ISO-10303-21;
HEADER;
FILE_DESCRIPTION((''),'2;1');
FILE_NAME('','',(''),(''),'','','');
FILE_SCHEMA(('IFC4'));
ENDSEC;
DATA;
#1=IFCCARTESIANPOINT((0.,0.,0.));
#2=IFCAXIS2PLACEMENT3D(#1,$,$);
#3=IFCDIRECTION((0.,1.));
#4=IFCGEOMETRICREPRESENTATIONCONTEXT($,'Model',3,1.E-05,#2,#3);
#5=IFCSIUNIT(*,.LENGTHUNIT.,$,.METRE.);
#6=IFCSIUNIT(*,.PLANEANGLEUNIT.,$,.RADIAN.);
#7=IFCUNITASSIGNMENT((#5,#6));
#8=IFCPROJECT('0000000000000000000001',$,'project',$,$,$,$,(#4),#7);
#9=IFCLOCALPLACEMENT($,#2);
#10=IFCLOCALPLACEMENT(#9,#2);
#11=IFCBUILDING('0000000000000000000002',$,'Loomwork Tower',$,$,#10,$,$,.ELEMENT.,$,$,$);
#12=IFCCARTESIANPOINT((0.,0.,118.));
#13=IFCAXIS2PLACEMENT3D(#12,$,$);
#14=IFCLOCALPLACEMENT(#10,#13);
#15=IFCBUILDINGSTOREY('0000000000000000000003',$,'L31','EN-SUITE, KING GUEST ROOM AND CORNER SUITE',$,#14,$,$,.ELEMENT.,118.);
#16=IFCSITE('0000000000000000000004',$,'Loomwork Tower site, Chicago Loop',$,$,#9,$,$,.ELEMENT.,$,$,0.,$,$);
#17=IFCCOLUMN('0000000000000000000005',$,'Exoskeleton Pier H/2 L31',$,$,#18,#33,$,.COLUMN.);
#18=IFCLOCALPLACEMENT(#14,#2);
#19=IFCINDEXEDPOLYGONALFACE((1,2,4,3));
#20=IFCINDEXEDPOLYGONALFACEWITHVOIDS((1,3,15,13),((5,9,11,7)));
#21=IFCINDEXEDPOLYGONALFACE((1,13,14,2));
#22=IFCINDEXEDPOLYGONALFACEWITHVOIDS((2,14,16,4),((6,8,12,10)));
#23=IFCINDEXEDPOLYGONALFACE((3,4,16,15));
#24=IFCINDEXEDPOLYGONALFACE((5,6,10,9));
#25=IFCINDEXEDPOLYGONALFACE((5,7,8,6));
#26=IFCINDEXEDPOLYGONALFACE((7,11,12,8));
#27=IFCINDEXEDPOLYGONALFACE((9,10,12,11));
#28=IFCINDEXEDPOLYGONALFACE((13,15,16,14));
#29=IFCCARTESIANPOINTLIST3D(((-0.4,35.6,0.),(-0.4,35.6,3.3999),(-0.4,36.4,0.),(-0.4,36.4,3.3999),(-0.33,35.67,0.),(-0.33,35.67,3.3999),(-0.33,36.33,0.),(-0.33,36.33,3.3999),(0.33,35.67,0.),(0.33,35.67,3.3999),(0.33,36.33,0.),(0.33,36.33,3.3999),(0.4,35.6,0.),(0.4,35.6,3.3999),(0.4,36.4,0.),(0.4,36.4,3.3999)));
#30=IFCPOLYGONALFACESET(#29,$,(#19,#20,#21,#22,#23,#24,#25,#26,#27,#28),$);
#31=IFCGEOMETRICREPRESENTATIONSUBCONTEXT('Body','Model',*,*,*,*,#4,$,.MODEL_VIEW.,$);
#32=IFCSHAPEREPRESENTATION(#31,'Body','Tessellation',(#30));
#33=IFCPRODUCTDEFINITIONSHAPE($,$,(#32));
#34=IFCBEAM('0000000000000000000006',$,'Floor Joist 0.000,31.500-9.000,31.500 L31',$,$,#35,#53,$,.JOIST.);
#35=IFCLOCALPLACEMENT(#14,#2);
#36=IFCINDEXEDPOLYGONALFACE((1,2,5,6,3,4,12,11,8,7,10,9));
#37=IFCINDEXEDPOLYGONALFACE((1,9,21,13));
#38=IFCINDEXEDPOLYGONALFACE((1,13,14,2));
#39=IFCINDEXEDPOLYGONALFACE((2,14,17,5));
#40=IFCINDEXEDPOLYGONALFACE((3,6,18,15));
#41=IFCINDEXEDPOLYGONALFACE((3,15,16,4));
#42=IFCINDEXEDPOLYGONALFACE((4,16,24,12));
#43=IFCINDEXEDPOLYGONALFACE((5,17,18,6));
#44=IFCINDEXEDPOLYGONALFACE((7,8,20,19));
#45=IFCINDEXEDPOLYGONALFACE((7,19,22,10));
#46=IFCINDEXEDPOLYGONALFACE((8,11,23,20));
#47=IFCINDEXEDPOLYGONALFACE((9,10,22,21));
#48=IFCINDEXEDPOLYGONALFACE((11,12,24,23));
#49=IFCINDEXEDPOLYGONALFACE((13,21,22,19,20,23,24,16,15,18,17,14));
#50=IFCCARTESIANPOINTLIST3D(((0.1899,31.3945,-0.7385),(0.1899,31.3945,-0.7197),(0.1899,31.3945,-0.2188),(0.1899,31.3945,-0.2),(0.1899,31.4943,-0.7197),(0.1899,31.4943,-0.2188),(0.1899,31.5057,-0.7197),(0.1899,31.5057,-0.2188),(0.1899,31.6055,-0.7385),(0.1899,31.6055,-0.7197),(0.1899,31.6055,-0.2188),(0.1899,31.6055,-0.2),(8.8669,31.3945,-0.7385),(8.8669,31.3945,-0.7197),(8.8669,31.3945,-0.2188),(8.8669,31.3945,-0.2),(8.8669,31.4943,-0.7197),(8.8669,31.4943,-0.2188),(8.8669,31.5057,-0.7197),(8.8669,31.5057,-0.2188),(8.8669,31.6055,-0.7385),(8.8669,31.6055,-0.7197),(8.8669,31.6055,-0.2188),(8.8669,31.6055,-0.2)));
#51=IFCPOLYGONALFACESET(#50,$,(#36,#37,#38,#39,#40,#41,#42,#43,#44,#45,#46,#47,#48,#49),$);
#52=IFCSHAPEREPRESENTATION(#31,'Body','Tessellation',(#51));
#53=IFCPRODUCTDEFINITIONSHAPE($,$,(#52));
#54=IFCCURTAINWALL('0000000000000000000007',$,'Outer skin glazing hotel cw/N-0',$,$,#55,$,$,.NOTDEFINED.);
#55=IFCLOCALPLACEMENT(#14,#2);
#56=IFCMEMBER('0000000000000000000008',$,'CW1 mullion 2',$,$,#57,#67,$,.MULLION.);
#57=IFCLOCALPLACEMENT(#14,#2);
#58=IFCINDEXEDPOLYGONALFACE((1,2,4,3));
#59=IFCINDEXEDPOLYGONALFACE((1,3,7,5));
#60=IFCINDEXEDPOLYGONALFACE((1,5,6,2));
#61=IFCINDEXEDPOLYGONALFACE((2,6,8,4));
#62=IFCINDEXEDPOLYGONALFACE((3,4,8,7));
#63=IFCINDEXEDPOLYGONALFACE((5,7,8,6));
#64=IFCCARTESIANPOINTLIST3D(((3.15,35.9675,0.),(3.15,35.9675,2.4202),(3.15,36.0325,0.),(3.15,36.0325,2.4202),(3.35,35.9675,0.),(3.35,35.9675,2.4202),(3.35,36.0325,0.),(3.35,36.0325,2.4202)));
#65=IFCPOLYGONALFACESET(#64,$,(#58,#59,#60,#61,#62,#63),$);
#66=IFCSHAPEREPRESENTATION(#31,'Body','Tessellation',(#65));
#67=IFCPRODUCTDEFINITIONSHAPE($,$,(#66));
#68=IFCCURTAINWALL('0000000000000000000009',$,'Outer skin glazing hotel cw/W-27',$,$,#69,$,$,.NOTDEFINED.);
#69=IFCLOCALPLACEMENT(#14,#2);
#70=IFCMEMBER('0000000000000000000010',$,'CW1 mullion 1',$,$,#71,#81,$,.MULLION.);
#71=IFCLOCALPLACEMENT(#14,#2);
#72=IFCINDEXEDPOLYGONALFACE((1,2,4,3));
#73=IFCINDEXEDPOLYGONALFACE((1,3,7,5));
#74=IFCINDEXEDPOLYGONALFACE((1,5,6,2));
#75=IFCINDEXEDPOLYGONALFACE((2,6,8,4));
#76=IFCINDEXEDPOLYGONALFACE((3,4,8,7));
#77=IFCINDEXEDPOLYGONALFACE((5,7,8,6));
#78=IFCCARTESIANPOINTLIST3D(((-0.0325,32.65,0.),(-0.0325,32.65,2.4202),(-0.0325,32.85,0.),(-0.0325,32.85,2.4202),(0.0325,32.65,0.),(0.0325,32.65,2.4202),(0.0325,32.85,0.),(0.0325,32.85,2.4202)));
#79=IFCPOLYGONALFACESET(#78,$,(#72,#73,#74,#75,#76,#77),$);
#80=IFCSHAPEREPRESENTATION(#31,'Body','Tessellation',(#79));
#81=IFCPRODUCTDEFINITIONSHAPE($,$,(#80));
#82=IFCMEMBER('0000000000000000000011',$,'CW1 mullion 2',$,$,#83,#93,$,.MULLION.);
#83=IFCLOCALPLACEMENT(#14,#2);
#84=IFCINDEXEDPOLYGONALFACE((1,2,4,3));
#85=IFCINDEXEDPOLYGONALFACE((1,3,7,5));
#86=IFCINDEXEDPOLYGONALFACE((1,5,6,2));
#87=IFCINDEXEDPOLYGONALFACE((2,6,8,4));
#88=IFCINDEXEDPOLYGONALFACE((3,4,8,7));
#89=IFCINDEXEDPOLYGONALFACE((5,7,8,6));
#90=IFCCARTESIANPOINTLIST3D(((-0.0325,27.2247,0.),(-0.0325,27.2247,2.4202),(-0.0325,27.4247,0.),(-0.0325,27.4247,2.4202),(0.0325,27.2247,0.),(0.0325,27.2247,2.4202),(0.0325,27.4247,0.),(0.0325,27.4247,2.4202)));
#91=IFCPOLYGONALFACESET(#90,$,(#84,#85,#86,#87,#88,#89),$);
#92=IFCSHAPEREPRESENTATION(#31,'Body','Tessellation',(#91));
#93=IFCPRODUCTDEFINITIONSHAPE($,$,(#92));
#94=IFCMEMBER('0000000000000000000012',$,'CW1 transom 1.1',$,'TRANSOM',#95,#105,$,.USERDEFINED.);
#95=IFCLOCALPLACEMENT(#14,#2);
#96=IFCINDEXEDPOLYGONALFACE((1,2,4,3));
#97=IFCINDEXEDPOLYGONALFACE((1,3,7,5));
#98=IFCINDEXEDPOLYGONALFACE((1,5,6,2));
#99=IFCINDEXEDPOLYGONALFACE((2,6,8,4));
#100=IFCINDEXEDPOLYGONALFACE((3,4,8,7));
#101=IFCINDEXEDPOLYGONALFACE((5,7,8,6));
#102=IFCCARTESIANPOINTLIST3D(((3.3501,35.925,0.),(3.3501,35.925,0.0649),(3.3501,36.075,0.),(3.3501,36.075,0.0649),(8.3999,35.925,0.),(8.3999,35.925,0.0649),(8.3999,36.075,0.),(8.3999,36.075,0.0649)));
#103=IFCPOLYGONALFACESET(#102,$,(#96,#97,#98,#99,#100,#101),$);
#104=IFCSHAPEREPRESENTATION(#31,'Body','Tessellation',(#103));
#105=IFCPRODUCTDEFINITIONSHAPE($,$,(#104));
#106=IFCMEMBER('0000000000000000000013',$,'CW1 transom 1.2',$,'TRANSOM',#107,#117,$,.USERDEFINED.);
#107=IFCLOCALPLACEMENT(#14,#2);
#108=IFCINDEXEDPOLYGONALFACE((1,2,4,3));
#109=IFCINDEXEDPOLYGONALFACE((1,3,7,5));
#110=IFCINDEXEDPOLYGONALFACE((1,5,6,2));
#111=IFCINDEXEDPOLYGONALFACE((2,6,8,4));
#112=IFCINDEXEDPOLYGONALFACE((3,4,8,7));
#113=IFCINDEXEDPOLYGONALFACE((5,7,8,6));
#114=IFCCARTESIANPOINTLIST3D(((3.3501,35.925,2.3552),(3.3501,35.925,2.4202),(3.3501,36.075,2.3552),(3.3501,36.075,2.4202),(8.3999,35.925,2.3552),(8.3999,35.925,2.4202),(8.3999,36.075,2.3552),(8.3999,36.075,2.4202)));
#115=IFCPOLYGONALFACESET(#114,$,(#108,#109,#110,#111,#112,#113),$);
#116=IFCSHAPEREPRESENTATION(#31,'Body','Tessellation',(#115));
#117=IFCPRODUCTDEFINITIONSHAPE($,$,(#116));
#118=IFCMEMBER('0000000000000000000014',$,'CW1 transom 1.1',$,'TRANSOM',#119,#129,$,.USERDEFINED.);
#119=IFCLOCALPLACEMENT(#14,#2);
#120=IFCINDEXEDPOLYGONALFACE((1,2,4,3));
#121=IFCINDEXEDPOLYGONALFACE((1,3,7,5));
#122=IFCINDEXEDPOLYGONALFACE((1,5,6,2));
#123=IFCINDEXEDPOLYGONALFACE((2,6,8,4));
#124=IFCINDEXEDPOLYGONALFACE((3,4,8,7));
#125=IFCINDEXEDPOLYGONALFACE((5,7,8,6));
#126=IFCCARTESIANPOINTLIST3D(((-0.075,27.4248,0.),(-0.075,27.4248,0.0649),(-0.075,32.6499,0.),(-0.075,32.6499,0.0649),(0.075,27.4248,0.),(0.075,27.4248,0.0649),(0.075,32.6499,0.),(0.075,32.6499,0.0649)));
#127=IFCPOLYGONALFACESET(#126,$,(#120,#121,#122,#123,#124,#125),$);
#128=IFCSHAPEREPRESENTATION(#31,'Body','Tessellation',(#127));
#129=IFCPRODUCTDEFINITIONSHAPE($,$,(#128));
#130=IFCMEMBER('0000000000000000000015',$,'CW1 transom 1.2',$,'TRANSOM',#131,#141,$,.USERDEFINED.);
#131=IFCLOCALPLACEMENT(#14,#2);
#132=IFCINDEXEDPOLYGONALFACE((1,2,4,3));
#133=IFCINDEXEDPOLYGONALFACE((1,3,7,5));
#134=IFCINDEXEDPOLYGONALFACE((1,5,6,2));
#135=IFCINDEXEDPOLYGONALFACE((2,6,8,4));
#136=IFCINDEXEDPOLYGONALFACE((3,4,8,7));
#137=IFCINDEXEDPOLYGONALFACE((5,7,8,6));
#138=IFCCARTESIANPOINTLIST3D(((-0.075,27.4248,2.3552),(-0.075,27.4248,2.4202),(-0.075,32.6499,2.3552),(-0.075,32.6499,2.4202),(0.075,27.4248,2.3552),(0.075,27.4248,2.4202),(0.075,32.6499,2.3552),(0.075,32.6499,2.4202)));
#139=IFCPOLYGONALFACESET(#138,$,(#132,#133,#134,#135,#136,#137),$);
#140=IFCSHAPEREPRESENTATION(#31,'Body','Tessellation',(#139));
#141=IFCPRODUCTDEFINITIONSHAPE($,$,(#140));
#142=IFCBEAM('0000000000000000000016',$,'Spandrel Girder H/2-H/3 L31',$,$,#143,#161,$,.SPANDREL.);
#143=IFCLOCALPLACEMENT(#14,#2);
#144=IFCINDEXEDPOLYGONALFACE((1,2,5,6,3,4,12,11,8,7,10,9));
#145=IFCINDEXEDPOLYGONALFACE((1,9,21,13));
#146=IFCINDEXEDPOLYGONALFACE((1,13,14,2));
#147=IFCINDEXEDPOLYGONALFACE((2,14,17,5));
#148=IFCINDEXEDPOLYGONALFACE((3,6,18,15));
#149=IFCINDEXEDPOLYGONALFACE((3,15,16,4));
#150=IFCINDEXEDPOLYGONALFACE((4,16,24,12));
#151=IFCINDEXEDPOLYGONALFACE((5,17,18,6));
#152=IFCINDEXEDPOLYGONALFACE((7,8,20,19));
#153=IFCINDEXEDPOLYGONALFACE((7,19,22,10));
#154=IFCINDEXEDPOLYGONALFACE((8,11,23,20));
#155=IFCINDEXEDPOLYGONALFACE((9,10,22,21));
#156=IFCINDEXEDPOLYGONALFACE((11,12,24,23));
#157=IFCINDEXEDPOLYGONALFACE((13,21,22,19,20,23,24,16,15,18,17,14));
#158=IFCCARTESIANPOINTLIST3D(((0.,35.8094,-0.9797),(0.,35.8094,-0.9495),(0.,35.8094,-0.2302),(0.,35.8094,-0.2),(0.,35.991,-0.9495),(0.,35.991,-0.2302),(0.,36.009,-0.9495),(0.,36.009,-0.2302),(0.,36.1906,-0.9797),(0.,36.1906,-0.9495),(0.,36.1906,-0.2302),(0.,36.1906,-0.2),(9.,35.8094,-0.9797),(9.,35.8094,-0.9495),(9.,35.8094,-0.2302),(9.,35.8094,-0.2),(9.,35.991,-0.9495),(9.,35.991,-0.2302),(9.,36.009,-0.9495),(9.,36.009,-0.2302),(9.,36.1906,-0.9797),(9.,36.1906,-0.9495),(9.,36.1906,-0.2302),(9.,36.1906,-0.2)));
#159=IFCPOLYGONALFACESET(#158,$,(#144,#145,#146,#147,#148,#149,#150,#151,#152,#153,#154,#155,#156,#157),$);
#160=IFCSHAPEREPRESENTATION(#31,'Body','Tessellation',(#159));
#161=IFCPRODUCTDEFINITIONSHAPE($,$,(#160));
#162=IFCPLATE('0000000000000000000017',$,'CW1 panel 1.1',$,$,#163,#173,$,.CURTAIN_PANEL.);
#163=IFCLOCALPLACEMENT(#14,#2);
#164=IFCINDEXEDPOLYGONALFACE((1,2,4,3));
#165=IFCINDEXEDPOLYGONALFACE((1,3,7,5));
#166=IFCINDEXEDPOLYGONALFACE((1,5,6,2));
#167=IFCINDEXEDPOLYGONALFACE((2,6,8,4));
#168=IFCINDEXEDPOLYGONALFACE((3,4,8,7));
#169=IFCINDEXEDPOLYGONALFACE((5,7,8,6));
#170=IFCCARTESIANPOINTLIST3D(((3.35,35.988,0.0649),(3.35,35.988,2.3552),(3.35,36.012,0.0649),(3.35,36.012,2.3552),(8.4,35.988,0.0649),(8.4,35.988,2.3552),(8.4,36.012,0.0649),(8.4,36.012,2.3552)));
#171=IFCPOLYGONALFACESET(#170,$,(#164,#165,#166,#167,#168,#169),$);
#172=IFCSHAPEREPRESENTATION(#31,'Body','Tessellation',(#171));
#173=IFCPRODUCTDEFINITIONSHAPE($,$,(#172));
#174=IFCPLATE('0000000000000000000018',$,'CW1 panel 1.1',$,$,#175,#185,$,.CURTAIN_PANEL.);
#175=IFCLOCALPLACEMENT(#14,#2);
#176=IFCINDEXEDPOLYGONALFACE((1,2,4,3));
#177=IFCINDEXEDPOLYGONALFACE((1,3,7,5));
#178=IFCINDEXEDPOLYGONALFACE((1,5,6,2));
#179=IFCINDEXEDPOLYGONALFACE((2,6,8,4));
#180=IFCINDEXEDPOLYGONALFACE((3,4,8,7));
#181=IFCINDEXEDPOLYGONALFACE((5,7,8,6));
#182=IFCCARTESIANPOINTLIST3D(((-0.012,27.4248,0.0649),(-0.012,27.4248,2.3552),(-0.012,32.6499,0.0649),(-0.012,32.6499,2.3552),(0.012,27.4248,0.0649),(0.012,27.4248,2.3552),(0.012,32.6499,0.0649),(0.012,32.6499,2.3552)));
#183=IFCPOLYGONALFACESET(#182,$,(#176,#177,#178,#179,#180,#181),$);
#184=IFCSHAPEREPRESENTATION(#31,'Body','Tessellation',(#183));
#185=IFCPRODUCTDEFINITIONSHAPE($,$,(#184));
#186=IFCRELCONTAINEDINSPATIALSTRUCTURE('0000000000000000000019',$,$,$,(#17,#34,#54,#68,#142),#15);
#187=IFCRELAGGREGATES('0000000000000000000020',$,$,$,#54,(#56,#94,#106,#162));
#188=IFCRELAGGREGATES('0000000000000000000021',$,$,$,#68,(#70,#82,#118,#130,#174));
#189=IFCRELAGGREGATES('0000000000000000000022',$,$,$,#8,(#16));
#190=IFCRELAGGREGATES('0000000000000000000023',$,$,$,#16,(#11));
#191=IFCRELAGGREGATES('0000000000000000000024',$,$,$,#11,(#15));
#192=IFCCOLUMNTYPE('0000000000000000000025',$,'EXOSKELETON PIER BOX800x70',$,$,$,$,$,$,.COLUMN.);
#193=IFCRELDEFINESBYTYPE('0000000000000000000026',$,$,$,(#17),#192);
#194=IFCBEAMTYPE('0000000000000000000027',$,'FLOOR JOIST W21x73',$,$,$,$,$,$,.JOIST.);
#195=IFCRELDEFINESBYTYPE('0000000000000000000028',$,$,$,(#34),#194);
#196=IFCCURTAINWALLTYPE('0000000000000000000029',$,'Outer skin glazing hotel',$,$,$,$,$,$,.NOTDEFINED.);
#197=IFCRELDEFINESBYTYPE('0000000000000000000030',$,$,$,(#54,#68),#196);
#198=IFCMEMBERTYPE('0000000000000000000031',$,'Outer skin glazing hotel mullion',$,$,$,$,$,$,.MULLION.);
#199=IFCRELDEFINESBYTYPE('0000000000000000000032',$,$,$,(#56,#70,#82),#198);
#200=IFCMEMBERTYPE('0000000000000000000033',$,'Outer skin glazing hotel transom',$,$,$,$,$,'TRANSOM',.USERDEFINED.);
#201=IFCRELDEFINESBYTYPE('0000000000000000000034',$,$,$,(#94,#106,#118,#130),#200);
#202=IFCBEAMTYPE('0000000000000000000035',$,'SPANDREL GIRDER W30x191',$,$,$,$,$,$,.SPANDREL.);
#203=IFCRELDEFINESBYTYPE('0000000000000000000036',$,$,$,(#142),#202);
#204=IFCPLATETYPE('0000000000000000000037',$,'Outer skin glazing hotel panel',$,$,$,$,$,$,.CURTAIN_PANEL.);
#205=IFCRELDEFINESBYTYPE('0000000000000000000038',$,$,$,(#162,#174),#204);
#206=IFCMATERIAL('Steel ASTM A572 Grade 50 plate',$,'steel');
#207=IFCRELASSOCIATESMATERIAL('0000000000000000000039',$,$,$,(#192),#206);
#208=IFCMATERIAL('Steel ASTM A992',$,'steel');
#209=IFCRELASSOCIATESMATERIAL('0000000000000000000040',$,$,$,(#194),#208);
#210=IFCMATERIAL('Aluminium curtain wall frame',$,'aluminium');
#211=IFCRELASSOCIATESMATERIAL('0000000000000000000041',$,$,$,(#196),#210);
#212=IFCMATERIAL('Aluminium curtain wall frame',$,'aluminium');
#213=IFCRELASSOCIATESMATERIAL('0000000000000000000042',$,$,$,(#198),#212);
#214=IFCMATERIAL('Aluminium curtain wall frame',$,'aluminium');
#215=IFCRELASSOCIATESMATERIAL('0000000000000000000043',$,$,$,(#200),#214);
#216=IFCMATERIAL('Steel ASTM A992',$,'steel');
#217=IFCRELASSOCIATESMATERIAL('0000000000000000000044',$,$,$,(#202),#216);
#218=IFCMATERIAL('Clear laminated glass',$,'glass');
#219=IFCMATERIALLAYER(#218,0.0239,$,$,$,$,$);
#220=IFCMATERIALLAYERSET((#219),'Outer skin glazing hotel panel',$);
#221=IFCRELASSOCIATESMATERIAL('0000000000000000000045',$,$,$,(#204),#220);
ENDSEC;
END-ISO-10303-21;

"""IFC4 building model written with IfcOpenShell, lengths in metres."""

from ifc_helpers import new_model, si_unit, direction, frame, origin, origin_2d, place, context, subcontext, project, spatial, rectangle, hollow_rectangle, i_section, extrude, material, layer, layer_set, material_profile, profile_set, type_object, element, aggregate, save


model = new_model("IFC4")

# Units and contexts
model_context = context("Model", 3, precision=1e-05, world=origin(), true_north=direction((0.0, 1.0)))
body_context = subcontext(model_context, "Body", "Model", "MODEL_VIEW")
ifc_project = project(units=[si_unit("LENGTHUNIT", "METRE"), si_unit("PLANEANGLEUNIT", "RADIAN")], contexts=[model_context])

# Site, building, storey
site_placement = place(None, origin())
site = spatial("IfcSite", under=ifc_project, at=site_placement, Name="Loomwork Tower site, Chicago Loop", CompositionType="ELEMENT", RefElevation=0.0)
building_placement = place(site_placement, origin())
building = spatial("IfcBuilding", under=site, at=building_placement, Name="Loomwork Tower", CompositionType="ELEMENT")
storey_placement = place(building_placement, frame((0.0, 0.0, 118.0)))
storey = spatial("IfcBuildingStorey", under=building, at=storey_placement, Name="L31", Description="EN-SUITE, KING GUEST ROOM AND CORNER SUITE", CompositionType="ELEMENT", Elevation=118.0)

# Column
ifc_material_1 = material(Name="Steel ASTM A572 Grade 50 plate", Category="steel")
ifc_material_profile_1 = material_profile(ifc_material_1, hollow_rectangle(XDim=0.8, YDim=0.8, WallThickness=0.0701, at=origin_2d()), Name="BOX800x70")
ifc_profile_set_1 = profile_set([ifc_material_profile_1], Name="Steel ASTM A572 Grade 50 plate")
column_type = type_object("IfcColumnType", Name="EXOSKELETON PIER BOX800x70", PredefinedType="COLUMN", material=ifc_profile_set_1)
column_placement = place(storey_placement, frame((0.0, 36.0, 0.0), z_axis=(0.0, 0.0, 1.0), x_axis=(1.0, 0.0, 0.0)))
element("IfcColumn", 1, at=column_placement, inside=storey, type_object=column_type, Name="Exoskeleton Pier H/2 L31", PredefinedType="COLUMN", context=body_context, shape_type="SweptSolid", body=[
    extrude(hollow_rectangle(XDim=0.8, YDim=0.8, WallThickness=0.0701, at=origin_2d()), origin(), (0.0, 0.0, 1.0), 3.3999),
])

# Beam
ifc_material_2 = material(Name="Steel ASTM A992", Category="steel")
ifc_material_profile_2 = material_profile(ifc_material_2, i_section(OverallWidth=0.2109, OverallDepth=0.5386, WebThickness=0.0115, FlangeThickness=0.0188, at=origin_2d()), Name="W21x73")
ifc_profile_set_2 = profile_set([ifc_material_profile_2], Name="Steel ASTM A992")
beam_type_1 = type_object("IfcBeamType", Name="FLOOR JOIST W21x73", PredefinedType="JOIST", material=ifc_profile_set_2)
beam_1_placement = place(storey_placement, frame((0.1899, 31.5, -0.4692), z_axis=(1.0, 0.0, 0.0), x_axis=(0.0, 1.0, 0.0)))
element("IfcBeam", 2, at=beam_1_placement, inside=storey, type_object=beam_type_1, Name="Floor Joist 0.000,31.500-9.000,31.500 L31", PredefinedType="JOIST", context=body_context, shape_type="SweptSolid", body=[
    extrude(i_section(OverallWidth=0.2109, OverallDepth=0.5386, WebThickness=0.0115, FlangeThickness=0.0188, at=origin_2d()), origin(), (0.0, 0.0, 1.0), 8.677),
])

# Curtain wall, member
ifc_material_3 = material(Name="Aluminium curtain wall frame", Category="aluminium")
curtain_wall_type = type_object("IfcCurtainWallType", Name="Outer skin glazing hotel", PredefinedType="NOTDEFINED", material=ifc_material_3)
curtain_wall_1_placement = place(storey_placement, origin())
curtain_wall_1 = element("IfcCurtainWall", 3, at=curtain_wall_1_placement, inside=storey, type_object=curtain_wall_type, Name="Outer skin glazing hotel cw/N-0", PredefinedType="NOTDEFINED")
ifc_material_4 = material(Name="Aluminium curtain wall frame", Category="aluminium")
ifc_material_profile_3 = material_profile(ifc_material_4, rectangle(XDim=0.0649, YDim=0.2, at=origin_2d()), Name="AL 65x200")
ifc_profile_set_3 = profile_set([ifc_material_profile_3], Name="Aluminium curtain wall frame")
member_type_1 = type_object("IfcMemberType", Name="Outer skin glazing hotel mullion", PredefinedType="MULLION", material=ifc_profile_set_3)
member_1_placement = place(storey_placement, frame((3.25, 36.0, 0.0), z_axis=(0.0, 0.0, 1.0), x_axis=(0.0, -1.0, 0.0)))
member_1 = element("IfcMember", 4, at=member_1_placement, type_object=member_type_1, Name="CW1 mullion 2", PredefinedType="MULLION", context=body_context, shape_type="SweptSolid", body=[
    extrude(rectangle(XDim=0.0649, YDim=0.2, at=origin_2d()), origin(), (0.0, 0.0, 1.0), 2.4202),
])

# Curtain wall, members
curtain_wall_2_placement = place(storey_placement, origin())
curtain_wall_2 = element("IfcCurtainWall", 5, at=curtain_wall_2_placement, inside=storey, type_object=curtain_wall_type, Name="Outer skin glazing hotel cw/W-27", PredefinedType="NOTDEFINED")
member_2_placement = place(storey_placement, frame((0.0, 32.75, 0.0), z_axis=(0.0, 0.0, 1.0), x_axis=(1.0, 0.0, 0.0)))
member_2 = element("IfcMember", 6, at=member_2_placement, type_object=member_type_1, Name="CW1 mullion 1", PredefinedType="MULLION", context=body_context, shape_type="SweptSolid", body=[
    extrude(rectangle(XDim=0.0649, YDim=0.2, at=origin_2d()), origin(), (0.0, 0.0, 1.0), 2.4202),
])
member_3_placement = place(storey_placement, frame((0.0, 27.3247, 0.0), z_axis=(0.0, 0.0, 1.0), x_axis=(1.0, 0.0, 0.0)))
member_3 = element("IfcMember", 7, at=member_3_placement, type_object=member_type_1, Name="CW1 mullion 2", PredefinedType="MULLION", context=body_context, shape_type="SweptSolid", body=[
    extrude(rectangle(XDim=0.0649, YDim=0.2, at=origin_2d()), origin(), (0.0, 0.0, 1.0), 2.4202),
])

# Members
ifc_material_5 = material(Name="Aluminium curtain wall frame", Category="aluminium")
ifc_material_profile_4 = material_profile(ifc_material_5, rectangle(XDim=0.1499, YDim=0.0649, at=origin_2d()), Name="AL 65x150")
ifc_profile_set_4 = profile_set([ifc_material_profile_4], Name="Aluminium curtain wall frame")
member_type_2 = type_object("IfcMemberType", Name="Outer skin glazing hotel transom", ElementType="TRANSOM", PredefinedType="USERDEFINED", material=ifc_profile_set_4)
member_4_placement = place(storey_placement, frame((8.3999, 36.0, 0.0325), z_axis=(-1.0, 0.0, 0.0), x_axis=(0.0, -1.0, 0.0)))
member_4 = element("IfcMember", 8, at=member_4_placement, type_object=member_type_2, Name="CW1 transom 1.1", ObjectType="TRANSOM", PredefinedType="USERDEFINED", context=body_context, shape_type="SweptSolid", body=[
    extrude(rectangle(XDim=0.1499, YDim=0.0649, at=origin_2d()), origin(), (0.0, 0.0, 1.0), 5.0498),
])
member_5_placement = place(storey_placement, frame((8.3999, 36.0, 2.3877), z_axis=(-1.0, 0.0, 0.0), x_axis=(0.0, -1.0, 0.0)))
member_5 = element("IfcMember", 9, at=member_5_placement, type_object=member_type_2, Name="CW1 transom 1.2", ObjectType="TRANSOM", PredefinedType="USERDEFINED", context=body_context, shape_type="SweptSolid", body=[
    extrude(rectangle(XDim=0.1499, YDim=0.0649, at=origin_2d()), origin(), (0.0, 0.0, 1.0), 5.0498),
])
member_6_placement = place(storey_placement, frame((0.0, 32.6499, 0.0325), z_axis=(0.0, -1.0, 0.0), x_axis=(1.0, 0.0, 0.0)))
member_6 = element("IfcMember", 10, at=member_6_placement, type_object=member_type_2, Name="CW1 transom 1.1", ObjectType="TRANSOM", PredefinedType="USERDEFINED", context=body_context, shape_type="SweptSolid", body=[
    extrude(rectangle(XDim=0.1499, YDim=0.0649, at=origin_2d()), origin(), (0.0, 0.0, 1.0), 5.2251),
])
member_7_placement = place(storey_placement, frame((0.0, 32.6499, 2.3877), z_axis=(0.0, -1.0, 0.0), x_axis=(1.0, 0.0, 0.0)))
member_7 = element("IfcMember", 11, at=member_7_placement, type_object=member_type_2, Name="CW1 transom 1.2", ObjectType="TRANSOM", PredefinedType="USERDEFINED", context=body_context, shape_type="SweptSolid", body=[
    extrude(rectangle(XDim=0.1499, YDim=0.0649, at=origin_2d()), origin(), (0.0, 0.0, 1.0), 5.2251),
])

# Beam
ifc_material_6 = material(Name="Steel ASTM A992", Category="steel")
ifc_material_profile_5 = material_profile(ifc_material_6, i_section(OverallWidth=0.3811, OverallDepth=0.7798, WebThickness=0.0181, FlangeThickness=0.0303, at=origin_2d()), Name="W30x191")
ifc_profile_set_5 = profile_set([ifc_material_profile_5], Name="Steel ASTM A992")
beam_type_2 = type_object("IfcBeamType", Name="SPANDREL GIRDER W30x191", PredefinedType="SPANDREL", material=ifc_profile_set_5)
beam_2_placement = place(storey_placement, frame((0.0, 36.0, -0.5898), z_axis=(1.0, 0.0, 0.0), x_axis=(0.0, 1.0, 0.0)))
element("IfcBeam", 12, at=beam_2_placement, inside=storey, type_object=beam_type_2, Name="Spandrel Girder H/2-H/3 L31", PredefinedType="SPANDREL", context=body_context, shape_type="SweptSolid", body=[
    extrude(i_section(OverallWidth=0.3811, OverallDepth=0.7798, WebThickness=0.0181, FlangeThickness=0.0303, at=origin_2d()), origin(), (0.0, 0.0, 1.0), 9.0),
])

# Plates
ifc_material_7 = material(Name="Clear laminated glass", Category="glass")
ifc_layer_1 = layer(ifc_material_7, 0.0239)
ifc_layer_set_1 = layer_set([ifc_layer_1], Name="Outer skin glazing hotel panel")
plate_type = type_object("IfcPlateType", Name="Outer skin glazing hotel panel", PredefinedType="CURTAIN_PANEL", material=ifc_layer_set_1)
plate_1_placement = place(storey_placement, frame((5.875, 36.0, 0.0649), z_axis=(0.0, 0.0, 1.0), x_axis=(-1.0, 0.0, 0.0)))
plate_1 = element("IfcPlate", 13, at=plate_1_placement, type_object=plate_type, Name="CW1 panel 1.1", PredefinedType="CURTAIN_PANEL", context=body_context, shape_type="SweptSolid", body=[
    extrude(rectangle(XDim=5.05, YDim=0.0239, at=origin_2d()), origin(), (0.0, 0.0, 1.0), 2.2903),
])
aggregate(curtain_wall_1, [member_1, member_4, member_5, plate_1])
plate_2_placement = place(storey_placement, frame((0.0, 30.0374, 0.0649), z_axis=(0.0, 0.0, 1.0), x_axis=(0.0, -1.0, 0.0)))
plate_2 = element("IfcPlate", 14, at=plate_2_placement, type_object=plate_type, Name="CW1 panel 1.1", PredefinedType="CURTAIN_PANEL", context=body_context, shape_type="SweptSolid", body=[
    extrude(rectangle(XDim=5.2251, YDim=0.0239, at=origin_2d()), origin(), (0.0, 0.0, 1.0), 2.2903),
])
aggregate(curtain_wall_2, [member_2, member_3, member_6, member_7, plate_2])

save(model, "model.ifc")
